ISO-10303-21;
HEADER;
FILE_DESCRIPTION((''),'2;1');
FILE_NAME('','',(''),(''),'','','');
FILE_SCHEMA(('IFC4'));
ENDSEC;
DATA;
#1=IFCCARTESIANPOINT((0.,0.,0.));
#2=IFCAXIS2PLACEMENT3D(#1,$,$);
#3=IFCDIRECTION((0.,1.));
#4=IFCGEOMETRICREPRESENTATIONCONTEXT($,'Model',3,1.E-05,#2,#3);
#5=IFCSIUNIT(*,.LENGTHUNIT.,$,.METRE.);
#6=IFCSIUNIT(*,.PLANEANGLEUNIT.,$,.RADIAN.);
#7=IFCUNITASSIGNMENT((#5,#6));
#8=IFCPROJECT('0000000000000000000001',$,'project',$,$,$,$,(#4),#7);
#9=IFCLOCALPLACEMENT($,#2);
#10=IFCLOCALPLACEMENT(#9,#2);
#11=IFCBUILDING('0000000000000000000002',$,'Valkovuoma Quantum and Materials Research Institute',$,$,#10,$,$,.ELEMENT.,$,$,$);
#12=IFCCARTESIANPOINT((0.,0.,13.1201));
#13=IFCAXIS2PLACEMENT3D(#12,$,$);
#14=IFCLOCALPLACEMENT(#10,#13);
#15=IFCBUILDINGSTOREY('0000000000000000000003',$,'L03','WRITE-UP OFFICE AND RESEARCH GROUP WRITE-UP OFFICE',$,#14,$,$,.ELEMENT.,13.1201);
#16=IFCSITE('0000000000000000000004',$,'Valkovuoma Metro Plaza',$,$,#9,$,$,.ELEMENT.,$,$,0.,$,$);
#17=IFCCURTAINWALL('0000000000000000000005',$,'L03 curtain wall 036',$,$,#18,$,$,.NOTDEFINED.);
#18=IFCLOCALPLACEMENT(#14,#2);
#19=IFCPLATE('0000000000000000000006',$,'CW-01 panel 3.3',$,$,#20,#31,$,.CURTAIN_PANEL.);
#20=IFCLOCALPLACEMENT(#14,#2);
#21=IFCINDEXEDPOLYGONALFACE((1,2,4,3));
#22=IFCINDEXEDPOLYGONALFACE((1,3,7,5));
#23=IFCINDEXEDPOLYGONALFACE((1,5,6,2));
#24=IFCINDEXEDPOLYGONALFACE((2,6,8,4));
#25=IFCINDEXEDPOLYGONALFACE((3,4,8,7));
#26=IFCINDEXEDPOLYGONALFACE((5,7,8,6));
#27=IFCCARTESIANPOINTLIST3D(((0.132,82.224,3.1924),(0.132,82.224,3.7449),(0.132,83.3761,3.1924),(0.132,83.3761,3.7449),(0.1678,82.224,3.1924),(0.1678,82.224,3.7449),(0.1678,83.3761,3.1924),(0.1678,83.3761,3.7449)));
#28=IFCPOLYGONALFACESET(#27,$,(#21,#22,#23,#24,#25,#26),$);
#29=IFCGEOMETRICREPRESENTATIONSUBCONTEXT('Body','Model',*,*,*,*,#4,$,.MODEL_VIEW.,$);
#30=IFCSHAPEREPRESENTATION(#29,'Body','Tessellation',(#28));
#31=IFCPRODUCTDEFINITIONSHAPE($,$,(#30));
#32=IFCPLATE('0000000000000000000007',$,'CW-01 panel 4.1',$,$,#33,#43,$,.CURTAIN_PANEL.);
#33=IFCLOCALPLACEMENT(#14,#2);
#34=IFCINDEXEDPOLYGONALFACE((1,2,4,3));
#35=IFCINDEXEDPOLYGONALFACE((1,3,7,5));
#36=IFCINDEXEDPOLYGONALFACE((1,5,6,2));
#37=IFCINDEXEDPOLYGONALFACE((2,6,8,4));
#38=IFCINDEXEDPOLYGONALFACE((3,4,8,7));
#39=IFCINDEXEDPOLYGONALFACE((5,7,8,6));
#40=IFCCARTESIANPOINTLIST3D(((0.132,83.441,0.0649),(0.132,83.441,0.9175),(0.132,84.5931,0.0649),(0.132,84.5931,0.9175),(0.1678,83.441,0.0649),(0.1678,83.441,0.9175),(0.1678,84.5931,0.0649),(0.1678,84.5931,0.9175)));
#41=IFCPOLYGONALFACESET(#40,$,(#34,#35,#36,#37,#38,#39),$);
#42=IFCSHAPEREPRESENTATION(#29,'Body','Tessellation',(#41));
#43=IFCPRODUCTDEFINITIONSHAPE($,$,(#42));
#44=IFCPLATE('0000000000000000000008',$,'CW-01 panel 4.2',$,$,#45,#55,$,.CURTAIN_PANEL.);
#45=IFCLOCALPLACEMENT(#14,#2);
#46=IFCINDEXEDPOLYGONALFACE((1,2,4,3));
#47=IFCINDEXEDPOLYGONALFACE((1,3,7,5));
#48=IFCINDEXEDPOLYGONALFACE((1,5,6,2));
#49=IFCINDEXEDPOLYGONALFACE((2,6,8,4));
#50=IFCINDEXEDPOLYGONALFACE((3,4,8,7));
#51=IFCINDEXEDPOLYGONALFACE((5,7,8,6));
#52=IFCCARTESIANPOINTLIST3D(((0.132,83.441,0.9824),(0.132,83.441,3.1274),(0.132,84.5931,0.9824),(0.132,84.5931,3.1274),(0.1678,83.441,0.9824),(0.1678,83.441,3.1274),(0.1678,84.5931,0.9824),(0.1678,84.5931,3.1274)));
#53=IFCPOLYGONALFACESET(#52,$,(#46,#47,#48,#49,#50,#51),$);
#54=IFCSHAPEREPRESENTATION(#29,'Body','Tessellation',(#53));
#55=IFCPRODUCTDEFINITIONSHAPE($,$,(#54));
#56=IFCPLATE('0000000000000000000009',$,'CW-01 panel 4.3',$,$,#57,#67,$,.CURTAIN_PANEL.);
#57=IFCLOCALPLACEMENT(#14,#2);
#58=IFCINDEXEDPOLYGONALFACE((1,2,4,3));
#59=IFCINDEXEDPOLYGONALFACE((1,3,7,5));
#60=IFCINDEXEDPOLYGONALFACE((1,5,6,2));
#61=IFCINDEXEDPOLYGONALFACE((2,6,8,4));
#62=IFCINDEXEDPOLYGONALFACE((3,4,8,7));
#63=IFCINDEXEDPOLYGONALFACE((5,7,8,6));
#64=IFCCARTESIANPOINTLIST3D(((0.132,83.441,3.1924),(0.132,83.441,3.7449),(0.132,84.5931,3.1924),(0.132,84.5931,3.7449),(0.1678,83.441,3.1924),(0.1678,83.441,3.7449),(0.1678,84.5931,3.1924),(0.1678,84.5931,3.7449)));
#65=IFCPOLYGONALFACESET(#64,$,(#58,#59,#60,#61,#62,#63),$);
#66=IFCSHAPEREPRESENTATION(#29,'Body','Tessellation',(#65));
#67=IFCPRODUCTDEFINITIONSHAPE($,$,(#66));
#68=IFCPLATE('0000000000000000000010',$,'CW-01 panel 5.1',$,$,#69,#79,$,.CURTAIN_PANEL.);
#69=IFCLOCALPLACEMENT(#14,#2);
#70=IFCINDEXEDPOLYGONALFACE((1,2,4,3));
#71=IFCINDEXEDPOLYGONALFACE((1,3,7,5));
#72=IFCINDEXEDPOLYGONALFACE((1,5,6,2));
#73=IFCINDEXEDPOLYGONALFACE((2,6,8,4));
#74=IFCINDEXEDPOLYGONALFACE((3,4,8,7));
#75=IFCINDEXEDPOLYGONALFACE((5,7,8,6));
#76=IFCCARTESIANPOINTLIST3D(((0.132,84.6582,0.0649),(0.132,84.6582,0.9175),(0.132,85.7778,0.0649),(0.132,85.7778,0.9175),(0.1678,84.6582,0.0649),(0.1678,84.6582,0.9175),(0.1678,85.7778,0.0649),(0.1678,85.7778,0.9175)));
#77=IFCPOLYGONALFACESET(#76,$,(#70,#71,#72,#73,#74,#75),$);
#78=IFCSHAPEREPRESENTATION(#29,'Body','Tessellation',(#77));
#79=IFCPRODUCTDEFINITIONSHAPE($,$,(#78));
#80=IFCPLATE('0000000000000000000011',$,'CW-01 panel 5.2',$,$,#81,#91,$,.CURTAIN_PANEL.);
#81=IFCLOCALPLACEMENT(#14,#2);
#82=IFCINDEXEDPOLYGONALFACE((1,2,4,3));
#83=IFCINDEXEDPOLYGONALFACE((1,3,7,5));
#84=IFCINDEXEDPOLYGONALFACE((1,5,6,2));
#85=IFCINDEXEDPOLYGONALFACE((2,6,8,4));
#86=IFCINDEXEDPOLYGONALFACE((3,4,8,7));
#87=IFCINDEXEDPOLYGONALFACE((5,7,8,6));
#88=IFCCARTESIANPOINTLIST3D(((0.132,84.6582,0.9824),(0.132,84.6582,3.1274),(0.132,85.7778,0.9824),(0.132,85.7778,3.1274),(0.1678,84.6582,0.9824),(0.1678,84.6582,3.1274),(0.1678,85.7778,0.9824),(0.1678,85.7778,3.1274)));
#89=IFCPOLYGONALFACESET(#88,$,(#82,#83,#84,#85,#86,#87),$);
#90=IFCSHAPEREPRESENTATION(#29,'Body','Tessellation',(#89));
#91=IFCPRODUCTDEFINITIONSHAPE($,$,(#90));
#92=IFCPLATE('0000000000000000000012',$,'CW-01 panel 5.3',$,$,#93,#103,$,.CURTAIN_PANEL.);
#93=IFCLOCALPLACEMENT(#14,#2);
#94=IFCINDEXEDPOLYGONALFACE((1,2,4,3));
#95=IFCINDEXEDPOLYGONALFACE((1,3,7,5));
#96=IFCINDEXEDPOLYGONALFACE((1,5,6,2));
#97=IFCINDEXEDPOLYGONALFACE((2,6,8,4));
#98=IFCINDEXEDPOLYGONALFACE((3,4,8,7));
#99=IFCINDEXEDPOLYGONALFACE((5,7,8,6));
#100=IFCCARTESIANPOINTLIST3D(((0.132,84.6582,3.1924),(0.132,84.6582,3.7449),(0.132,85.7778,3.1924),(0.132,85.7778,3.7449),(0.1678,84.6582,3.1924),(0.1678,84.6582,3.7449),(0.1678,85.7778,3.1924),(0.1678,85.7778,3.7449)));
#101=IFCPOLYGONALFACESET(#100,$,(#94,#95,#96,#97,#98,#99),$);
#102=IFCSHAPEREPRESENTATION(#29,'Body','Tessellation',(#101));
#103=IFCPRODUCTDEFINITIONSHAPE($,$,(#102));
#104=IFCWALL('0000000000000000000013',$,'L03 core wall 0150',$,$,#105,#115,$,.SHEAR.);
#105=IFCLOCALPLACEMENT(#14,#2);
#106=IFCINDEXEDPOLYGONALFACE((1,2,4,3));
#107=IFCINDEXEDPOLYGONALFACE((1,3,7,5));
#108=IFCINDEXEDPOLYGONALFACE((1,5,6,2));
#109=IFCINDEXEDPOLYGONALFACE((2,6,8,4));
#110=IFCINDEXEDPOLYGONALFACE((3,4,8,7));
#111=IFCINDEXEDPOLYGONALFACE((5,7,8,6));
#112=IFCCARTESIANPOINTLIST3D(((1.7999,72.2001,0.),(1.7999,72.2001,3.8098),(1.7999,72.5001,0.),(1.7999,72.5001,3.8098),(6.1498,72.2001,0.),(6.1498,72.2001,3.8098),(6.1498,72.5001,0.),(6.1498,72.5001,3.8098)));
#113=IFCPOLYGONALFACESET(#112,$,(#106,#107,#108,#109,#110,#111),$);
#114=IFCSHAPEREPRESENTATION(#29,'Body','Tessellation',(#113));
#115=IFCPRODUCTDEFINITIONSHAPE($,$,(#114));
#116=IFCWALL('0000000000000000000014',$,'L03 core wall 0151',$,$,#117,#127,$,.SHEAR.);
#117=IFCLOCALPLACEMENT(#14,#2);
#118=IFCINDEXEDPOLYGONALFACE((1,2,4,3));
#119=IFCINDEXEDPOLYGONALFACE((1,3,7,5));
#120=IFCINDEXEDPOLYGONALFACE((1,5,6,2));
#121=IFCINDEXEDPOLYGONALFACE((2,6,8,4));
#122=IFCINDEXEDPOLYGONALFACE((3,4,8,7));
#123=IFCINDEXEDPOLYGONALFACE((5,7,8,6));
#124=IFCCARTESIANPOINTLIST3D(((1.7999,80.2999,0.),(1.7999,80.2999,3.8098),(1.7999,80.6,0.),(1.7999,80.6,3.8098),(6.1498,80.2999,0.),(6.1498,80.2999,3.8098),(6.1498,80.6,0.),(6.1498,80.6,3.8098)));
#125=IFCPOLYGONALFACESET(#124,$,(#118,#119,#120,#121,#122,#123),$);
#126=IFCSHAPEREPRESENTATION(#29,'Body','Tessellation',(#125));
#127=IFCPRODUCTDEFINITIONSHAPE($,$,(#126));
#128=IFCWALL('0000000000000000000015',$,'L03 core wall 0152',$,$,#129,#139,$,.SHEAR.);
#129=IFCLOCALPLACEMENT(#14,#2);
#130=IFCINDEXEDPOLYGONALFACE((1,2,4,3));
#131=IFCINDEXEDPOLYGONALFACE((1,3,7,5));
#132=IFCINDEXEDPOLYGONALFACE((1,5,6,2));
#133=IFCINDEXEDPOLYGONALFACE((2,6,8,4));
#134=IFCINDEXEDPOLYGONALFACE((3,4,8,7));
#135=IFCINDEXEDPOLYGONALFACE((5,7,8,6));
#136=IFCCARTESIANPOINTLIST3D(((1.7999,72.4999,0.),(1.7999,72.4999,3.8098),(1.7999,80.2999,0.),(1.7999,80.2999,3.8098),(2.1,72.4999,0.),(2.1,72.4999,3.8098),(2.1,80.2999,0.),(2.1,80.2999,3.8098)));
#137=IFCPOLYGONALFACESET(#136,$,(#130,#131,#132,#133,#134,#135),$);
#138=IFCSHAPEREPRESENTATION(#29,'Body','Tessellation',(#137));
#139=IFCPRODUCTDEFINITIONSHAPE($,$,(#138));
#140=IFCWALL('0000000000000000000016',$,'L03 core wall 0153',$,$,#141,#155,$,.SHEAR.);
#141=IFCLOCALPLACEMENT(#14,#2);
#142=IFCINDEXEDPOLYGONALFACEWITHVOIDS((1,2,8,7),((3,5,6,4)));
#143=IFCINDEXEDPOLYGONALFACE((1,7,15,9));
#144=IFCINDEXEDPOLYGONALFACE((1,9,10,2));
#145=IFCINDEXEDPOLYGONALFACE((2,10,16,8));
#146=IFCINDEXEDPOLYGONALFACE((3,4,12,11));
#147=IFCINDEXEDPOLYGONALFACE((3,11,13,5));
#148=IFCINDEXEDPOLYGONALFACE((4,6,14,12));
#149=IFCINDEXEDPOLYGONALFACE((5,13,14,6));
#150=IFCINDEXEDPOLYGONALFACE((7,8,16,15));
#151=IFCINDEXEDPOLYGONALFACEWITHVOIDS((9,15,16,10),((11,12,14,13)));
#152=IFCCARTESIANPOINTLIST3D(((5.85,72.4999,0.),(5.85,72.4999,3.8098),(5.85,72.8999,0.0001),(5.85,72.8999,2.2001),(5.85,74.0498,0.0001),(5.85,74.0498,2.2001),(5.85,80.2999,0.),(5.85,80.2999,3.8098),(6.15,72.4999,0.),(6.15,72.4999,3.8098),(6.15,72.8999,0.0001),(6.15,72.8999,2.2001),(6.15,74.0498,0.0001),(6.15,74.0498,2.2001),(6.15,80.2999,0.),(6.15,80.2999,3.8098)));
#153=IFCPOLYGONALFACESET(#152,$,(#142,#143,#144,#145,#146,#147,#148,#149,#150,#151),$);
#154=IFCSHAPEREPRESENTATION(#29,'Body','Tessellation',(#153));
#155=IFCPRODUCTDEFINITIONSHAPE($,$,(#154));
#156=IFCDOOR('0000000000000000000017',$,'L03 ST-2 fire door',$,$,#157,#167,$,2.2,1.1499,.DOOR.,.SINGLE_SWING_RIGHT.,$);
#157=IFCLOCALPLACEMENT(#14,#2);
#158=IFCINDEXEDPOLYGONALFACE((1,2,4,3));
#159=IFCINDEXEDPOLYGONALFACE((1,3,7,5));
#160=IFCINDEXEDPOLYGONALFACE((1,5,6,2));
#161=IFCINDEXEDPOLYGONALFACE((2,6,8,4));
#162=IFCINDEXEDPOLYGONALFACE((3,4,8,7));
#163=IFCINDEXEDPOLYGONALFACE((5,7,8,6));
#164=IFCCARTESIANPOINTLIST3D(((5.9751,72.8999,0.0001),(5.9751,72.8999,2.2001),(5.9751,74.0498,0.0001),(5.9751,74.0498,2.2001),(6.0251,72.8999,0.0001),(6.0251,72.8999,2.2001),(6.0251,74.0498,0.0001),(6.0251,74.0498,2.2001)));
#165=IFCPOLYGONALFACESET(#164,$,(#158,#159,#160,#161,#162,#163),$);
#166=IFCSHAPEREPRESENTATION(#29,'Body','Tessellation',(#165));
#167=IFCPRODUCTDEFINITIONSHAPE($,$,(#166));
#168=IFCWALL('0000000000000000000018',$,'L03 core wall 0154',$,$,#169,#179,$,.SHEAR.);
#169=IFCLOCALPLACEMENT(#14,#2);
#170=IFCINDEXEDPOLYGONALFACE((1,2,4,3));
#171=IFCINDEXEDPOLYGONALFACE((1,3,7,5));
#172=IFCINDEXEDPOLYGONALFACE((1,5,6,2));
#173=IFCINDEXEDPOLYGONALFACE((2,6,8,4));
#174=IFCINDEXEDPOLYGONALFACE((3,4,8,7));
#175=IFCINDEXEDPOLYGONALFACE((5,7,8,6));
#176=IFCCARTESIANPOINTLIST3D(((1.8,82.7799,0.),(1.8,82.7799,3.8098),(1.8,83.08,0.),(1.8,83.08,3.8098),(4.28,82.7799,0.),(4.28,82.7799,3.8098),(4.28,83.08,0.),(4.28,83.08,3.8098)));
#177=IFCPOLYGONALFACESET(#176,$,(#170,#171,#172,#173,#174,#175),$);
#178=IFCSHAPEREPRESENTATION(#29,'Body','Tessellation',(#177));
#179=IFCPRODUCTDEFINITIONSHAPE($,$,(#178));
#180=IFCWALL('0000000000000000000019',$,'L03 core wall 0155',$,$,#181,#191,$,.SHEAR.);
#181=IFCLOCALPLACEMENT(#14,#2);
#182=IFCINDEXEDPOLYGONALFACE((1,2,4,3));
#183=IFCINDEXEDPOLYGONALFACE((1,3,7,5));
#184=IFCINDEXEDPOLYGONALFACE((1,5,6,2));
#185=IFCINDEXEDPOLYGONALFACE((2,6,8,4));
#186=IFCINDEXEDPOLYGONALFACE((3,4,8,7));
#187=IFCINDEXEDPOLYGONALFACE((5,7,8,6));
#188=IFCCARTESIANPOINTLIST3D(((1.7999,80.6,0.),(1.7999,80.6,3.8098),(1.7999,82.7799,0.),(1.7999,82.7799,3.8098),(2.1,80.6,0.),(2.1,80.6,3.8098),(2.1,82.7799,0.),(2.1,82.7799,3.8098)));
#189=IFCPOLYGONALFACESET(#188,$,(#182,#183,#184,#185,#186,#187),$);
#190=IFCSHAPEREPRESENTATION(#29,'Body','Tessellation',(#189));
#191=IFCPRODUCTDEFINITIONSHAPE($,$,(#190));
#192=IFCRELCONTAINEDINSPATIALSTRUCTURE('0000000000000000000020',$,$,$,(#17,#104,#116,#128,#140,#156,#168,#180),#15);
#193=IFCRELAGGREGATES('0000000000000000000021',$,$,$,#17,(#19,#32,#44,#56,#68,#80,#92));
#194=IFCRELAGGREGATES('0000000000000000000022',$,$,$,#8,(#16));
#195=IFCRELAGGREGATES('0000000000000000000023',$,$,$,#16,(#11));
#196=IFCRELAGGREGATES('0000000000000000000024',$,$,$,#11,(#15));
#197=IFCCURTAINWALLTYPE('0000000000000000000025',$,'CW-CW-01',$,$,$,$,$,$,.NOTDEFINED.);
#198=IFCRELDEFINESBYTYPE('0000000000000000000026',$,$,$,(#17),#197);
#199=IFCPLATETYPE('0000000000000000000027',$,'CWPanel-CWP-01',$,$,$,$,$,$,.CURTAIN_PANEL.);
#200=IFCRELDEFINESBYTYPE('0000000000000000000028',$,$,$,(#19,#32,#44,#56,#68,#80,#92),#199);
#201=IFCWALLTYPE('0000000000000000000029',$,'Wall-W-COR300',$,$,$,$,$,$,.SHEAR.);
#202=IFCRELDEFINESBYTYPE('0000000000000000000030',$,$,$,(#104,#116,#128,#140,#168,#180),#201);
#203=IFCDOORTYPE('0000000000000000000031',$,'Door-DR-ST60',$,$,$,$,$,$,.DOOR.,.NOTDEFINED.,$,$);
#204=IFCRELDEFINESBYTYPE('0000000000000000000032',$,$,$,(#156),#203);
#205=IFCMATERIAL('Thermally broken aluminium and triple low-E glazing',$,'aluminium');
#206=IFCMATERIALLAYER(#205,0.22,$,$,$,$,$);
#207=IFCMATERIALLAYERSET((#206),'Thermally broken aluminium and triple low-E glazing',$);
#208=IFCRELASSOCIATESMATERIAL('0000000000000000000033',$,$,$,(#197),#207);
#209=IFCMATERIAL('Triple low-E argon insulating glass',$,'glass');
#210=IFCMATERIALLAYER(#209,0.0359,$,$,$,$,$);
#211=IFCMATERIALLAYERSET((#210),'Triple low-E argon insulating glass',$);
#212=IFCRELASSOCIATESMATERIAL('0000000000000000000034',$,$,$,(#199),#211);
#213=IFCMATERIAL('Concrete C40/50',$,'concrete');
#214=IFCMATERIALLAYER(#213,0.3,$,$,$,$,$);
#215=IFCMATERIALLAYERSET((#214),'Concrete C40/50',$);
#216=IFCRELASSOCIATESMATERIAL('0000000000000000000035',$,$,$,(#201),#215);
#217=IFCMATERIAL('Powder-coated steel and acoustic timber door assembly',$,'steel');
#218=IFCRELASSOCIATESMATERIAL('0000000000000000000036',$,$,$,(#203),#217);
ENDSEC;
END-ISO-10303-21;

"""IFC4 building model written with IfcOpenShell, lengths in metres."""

from ifc_helpers import new_model, si_unit, direction, frame, frame_2d, origin, origin_2d, place, context, subcontext, project, spatial, rectangle, extrude, material, layer, layer_set, type_object, element, fill, aggregate, save


model = new_model("IFC4")

# Units and contexts
model_context = context("Model", 3, precision=1e-05, world=origin(), true_north=direction((0.0, 1.0)))
body_context = subcontext(model_context, "Body", "Model", "MODEL_VIEW")
ifc_project = project(units=[si_unit("LENGTHUNIT", "METRE"), si_unit("PLANEANGLEUNIT", "RADIAN")], contexts=[model_context])

# Site, building, storey
site_placement = place(None, origin())
site = spatial("IfcSite", under=ifc_project, at=site_placement, Name="Valkovuoma Metro Plaza", CompositionType="ELEMENT", RefElevation=0.0)
building_placement = place(site_placement, origin())
building = spatial("IfcBuilding", under=site, at=building_placement, Name="Valkovuoma Quantum and Materials Research Institute", CompositionType="ELEMENT")
storey_placement = place(building_placement, frame((0.0, 0.0, 13.1201)))
storey = spatial("IfcBuildingStorey", under=building, at=storey_placement, Name="L03", Description="WRITE-UP OFFICE AND RESEARCH GROUP WRITE-UP OFFICE", CompositionType="ELEMENT", Elevation=13.1201)

# Curtain wall, plates
ifc_material_1 = material(Name="Thermally broken aluminium and triple low-E glazing", Category="aluminium")
ifc_layer_1 = layer(ifc_material_1, 0.22)
ifc_layer_set_1 = layer_set([ifc_layer_1], Name="Thermally broken aluminium and triple low-E glazing")
curtain_wall_type = type_object("IfcCurtainWallType", Name="CW-CW-01", PredefinedType="NOTDEFINED", material=ifc_layer_set_1)
curtain_wall_placement = place(storey_placement, origin())
curtain_wall = element("IfcCurtainWall", 1, at=curtain_wall_placement, inside=storey, type_object=curtain_wall_type, Name="L03 curtain wall 036", PredefinedType="NOTDEFINED")
ifc_material_2 = material(Name="Triple low-E argon insulating glass", Category="glass")
ifc_layer_2 = layer(ifc_material_2, 0.0359)
ifc_layer_set_2 = layer_set([ifc_layer_2], Name="Triple low-E argon insulating glass")
plate_type = type_object("IfcPlateType", Name="CWPanel-CWP-01", PredefinedType="CURTAIN_PANEL", material=ifc_layer_set_2)
plate_1_placement = place(storey_placement, frame((0.1499, 82.8, 3.1924), z_axis=(0.0, 0.0, 1.0), x_axis=(0.0, 1.0, 0.0)))
plate_1 = element("IfcPlate", 2, at=plate_1_placement, type_object=plate_type, Name="CW-01 panel 3.3", PredefinedType="CURTAIN_PANEL", context=body_context, shape_type="SweptSolid", body=[
    extrude(rectangle(XDim=1.1521, YDim=0.0359, at=origin_2d()), origin(), (0.0, 0.0, 1.0), 0.5525),
])
plate_2_placement = place(storey_placement, frame((0.1499, 84.0171, 0.0649), z_axis=(0.0, 0.0, 1.0), x_axis=(0.0, 1.0, 0.0)))
plate_2 = element("IfcPlate", 3, at=plate_2_placement, type_object=plate_type, Name="CW-01 panel 4.1", PredefinedType="CURTAIN_PANEL", context=body_context, shape_type="SweptSolid", body=[
    extrude(rectangle(XDim=1.1521, YDim=0.0359, at=origin_2d()), origin(), (0.0, 0.0, 1.0), 0.8525),
])
plate_3_placement = place(storey_placement, frame((0.1499, 84.0171, 0.9824), z_axis=(0.0, 0.0, 1.0), x_axis=(0.0, 1.0, 0.0)))
plate_3 = element("IfcPlate", 4, at=plate_3_placement, type_object=plate_type, Name="CW-01 panel 4.2", PredefinedType="CURTAIN_PANEL", context=body_context, shape_type="SweptSolid", body=[
    extrude(rectangle(XDim=1.1521, YDim=0.0359, at=origin_2d()), origin(), (0.0, 0.0, 1.0), 2.145),
])
plate_4_placement = place(storey_placement, frame((0.1499, 84.0171, 3.1924), z_axis=(0.0, 0.0, 1.0), x_axis=(0.0, 1.0, 0.0)))
plate_4 = element("IfcPlate", 5, at=plate_4_placement, type_object=plate_type, Name="CW-01 panel 4.3", PredefinedType="CURTAIN_PANEL", context=body_context, shape_type="SweptSolid", body=[
    extrude(rectangle(XDim=1.1521, YDim=0.0359, at=origin_2d()), origin(), (0.0, 0.0, 1.0), 0.5525),
])
plate_5_placement = place(storey_placement, frame((0.1499, 85.218, 0.0649), z_axis=(0.0, 0.0, 1.0), x_axis=(0.0, 1.0, 0.0)))
plate_5 = element("IfcPlate", 6, at=plate_5_placement, type_object=plate_type, Name="CW-01 panel 5.1", PredefinedType="CURTAIN_PANEL", context=body_context, shape_type="SweptSolid", body=[
    extrude(rectangle(XDim=1.1196, YDim=0.0359, at=origin_2d()), origin(), (0.0, 0.0, 1.0), 0.8525),
])
plate_6_placement = place(storey_placement, frame((0.1499, 85.218, 0.9824), z_axis=(0.0, 0.0, 1.0), x_axis=(0.0, 1.0, 0.0)))
plate_6 = element("IfcPlate", 7, at=plate_6_placement, type_object=plate_type, Name="CW-01 panel 5.2", PredefinedType="CURTAIN_PANEL", context=body_context, shape_type="SweptSolid", body=[
    extrude(rectangle(XDim=1.1196, YDim=0.0359, at=origin_2d()), origin(), (0.0, 0.0, 1.0), 2.145),
])
plate_7_placement = place(storey_placement, frame((0.1499, 85.218, 3.1924), z_axis=(0.0, 0.0, 1.0), x_axis=(0.0, 1.0, 0.0)))
plate_7 = element("IfcPlate", 8, at=plate_7_placement, type_object=plate_type, Name="CW-01 panel 5.3", PredefinedType="CURTAIN_PANEL", context=body_context, shape_type="SweptSolid", body=[
    extrude(rectangle(XDim=1.1196, YDim=0.0359, at=origin_2d()), origin(), (0.0, 0.0, 1.0), 0.5525),
])
aggregate(curtain_wall, [plate_1, plate_2, plate_3, plate_4, plate_5, plate_6, plate_7])

# Walls
ifc_material_3 = material(Name="Concrete C40/50", Category="concrete")
ifc_layer_3 = layer(ifc_material_3, 0.3)
ifc_layer_set_3 = layer_set([ifc_layer_3], Name="Concrete C40/50")
wall_type = type_object("IfcWallType", Name="Wall-W-COR300", PredefinedType="SHEAR", material=ifc_layer_set_3)
for number, where, z_axis, x_axis, name in (
    (9, (1.8, 72.3501, 0.0), (0.0, 0.0, 1.0), (1.0, 0.0, 0.0), "L03 core wall 0150"),
    (10, (1.8, 80.45, 0.0), (0.0, 0.0, 1.0), (1.0, 0.0, 0.0), "L03 core wall 0151"),
):
    element("IfcWall", number, at=place(storey_placement, frame(where, z_axis=z_axis, x_axis=x_axis)), inside=storey, type_object=wall_type, Name=name, PredefinedType="SHEAR", context=body_context, shape_type="SweptSolid", body=[
        extrude(rectangle(XDim=4.3499, YDim=0.3, at=frame_2d((2.1748, 0.0))), origin(), (0.0, 0.0, 1.0), 3.8098),
    ])
wall_1_placement = place(storey_placement, frame((1.95, 72.5, 0.0), z_axis=(0.0, 0.0, 1.0), x_axis=(0.0, 1.0, 0.0)))
element("IfcWall", 11, at=wall_1_placement, inside=storey, type_object=wall_type, Name="L03 core wall 0152", PredefinedType="SHEAR", context=body_context, shape_type="SweptSolid", body=[
    extrude(rectangle(XDim=7.8, YDim=0.3, at=frame_2d((3.8999, 0.0))), origin(), (0.0, 0.0, 1.0), 3.8098),
])

# Wall, opening, door
wall_2_placement = place(storey_placement, frame((6.0, 72.5, 0.0), z_axis=(0.0, 0.0, 1.0), x_axis=(0.0, 1.0, 0.0)))
wall_2 = element("IfcWall", 12, at=wall_2_placement, inside=storey, type_object=wall_type, Name="L03 core wall 0153", PredefinedType="SHEAR", context=body_context, shape_type="SweptSolid", body=[
    extrude(rectangle(XDim=7.8, YDim=0.3, at=frame_2d((3.8999, 0.0))), origin(), (0.0, 0.0, 1.0), 3.8098),
])
opening_1_placement = place(wall_2_placement, frame((0.3999, 0.0, 0.0)))
opening_1 = element("IfcOpeningElement", 13, at=opening_1_placement, cuts=wall_2, PredefinedType="OPENING", context=body_context, shape_type="SweptSolid", body=[
    extrude(rectangle(XDim=1.1499, YDim=2.2, at=frame_2d((0.575, 1.1001))), frame((0.0, 0.1602, 0.0), z_axis=(0.0, -1.0, 0.0), x_axis=(1.0, 0.0, 0.0)), (0.0, 0.0, 1.0), 0.3201),
])
ifc_material_4 = material(Name="Powder-coated steel and acoustic timber door assembly", Category="steel")
door_type_1 = type_object("IfcDoorType", Name="Door-DR-ST60", OperationType="NOTDEFINED", PredefinedType="DOOR", material=ifc_material_4)
door_1_placement = place(opening_1_placement, origin())
door_1 = element("IfcDoor", 14, at=door_1_placement, inside=storey, type_object=door_type_1, Name="L03 ST-2 fire door", OperationType="SINGLE_SWING_RIGHT", OverallHeight=2.2, OverallWidth=1.1499, PredefinedType="DOOR", context=body_context, shape_type="SweptSolid", body=[
    extrude(rectangle(XDim=1.1499, YDim=2.2, at=frame_2d((0.575, 1.1001))), frame((0.0, 0.0249, 0.0), z_axis=(0.0, -1.0, 0.0), x_axis=(1.0, 0.0, 0.0)), (0.0, 0.0, 1.0), 0.05),
])
fill(opening_1, door_1)

# Walls
wall_3_placement = place(storey_placement, frame((1.8, 82.9299, 0.0), z_axis=(0.0, 0.0, 1.0), x_axis=(1.0, 0.0, 0.0)))
element("IfcWall", 15, at=wall_3_placement, inside=storey, type_object=wall_type, Name="L03 core wall 0154", PredefinedType="SHEAR", context=body_context, shape_type="SweptSolid", body=[
    extrude(rectangle(XDim=2.48, YDim=0.3, at=frame_2d((1.24, 0.0))), origin(), (0.0, 0.0, 1.0), 3.8098),
])
wall_4_placement = place(storey_placement, frame((1.95, 80.6001, 0.0), z_axis=(0.0, 0.0, 1.0), x_axis=(0.0, 1.0, 0.0)))
element("IfcWall", 16, at=wall_4_placement, inside=storey, type_object=wall_type, Name="L03 core wall 0155", PredefinedType="SHEAR", context=body_context, shape_type="SweptSolid", body=[
    extrude(rectangle(XDim=2.1799, YDim=0.3, at=frame_2d((1.0898, 0.0))), origin(), (0.0, 0.0, 1.0), 3.8098),
])

save(model, "model.ifc")
